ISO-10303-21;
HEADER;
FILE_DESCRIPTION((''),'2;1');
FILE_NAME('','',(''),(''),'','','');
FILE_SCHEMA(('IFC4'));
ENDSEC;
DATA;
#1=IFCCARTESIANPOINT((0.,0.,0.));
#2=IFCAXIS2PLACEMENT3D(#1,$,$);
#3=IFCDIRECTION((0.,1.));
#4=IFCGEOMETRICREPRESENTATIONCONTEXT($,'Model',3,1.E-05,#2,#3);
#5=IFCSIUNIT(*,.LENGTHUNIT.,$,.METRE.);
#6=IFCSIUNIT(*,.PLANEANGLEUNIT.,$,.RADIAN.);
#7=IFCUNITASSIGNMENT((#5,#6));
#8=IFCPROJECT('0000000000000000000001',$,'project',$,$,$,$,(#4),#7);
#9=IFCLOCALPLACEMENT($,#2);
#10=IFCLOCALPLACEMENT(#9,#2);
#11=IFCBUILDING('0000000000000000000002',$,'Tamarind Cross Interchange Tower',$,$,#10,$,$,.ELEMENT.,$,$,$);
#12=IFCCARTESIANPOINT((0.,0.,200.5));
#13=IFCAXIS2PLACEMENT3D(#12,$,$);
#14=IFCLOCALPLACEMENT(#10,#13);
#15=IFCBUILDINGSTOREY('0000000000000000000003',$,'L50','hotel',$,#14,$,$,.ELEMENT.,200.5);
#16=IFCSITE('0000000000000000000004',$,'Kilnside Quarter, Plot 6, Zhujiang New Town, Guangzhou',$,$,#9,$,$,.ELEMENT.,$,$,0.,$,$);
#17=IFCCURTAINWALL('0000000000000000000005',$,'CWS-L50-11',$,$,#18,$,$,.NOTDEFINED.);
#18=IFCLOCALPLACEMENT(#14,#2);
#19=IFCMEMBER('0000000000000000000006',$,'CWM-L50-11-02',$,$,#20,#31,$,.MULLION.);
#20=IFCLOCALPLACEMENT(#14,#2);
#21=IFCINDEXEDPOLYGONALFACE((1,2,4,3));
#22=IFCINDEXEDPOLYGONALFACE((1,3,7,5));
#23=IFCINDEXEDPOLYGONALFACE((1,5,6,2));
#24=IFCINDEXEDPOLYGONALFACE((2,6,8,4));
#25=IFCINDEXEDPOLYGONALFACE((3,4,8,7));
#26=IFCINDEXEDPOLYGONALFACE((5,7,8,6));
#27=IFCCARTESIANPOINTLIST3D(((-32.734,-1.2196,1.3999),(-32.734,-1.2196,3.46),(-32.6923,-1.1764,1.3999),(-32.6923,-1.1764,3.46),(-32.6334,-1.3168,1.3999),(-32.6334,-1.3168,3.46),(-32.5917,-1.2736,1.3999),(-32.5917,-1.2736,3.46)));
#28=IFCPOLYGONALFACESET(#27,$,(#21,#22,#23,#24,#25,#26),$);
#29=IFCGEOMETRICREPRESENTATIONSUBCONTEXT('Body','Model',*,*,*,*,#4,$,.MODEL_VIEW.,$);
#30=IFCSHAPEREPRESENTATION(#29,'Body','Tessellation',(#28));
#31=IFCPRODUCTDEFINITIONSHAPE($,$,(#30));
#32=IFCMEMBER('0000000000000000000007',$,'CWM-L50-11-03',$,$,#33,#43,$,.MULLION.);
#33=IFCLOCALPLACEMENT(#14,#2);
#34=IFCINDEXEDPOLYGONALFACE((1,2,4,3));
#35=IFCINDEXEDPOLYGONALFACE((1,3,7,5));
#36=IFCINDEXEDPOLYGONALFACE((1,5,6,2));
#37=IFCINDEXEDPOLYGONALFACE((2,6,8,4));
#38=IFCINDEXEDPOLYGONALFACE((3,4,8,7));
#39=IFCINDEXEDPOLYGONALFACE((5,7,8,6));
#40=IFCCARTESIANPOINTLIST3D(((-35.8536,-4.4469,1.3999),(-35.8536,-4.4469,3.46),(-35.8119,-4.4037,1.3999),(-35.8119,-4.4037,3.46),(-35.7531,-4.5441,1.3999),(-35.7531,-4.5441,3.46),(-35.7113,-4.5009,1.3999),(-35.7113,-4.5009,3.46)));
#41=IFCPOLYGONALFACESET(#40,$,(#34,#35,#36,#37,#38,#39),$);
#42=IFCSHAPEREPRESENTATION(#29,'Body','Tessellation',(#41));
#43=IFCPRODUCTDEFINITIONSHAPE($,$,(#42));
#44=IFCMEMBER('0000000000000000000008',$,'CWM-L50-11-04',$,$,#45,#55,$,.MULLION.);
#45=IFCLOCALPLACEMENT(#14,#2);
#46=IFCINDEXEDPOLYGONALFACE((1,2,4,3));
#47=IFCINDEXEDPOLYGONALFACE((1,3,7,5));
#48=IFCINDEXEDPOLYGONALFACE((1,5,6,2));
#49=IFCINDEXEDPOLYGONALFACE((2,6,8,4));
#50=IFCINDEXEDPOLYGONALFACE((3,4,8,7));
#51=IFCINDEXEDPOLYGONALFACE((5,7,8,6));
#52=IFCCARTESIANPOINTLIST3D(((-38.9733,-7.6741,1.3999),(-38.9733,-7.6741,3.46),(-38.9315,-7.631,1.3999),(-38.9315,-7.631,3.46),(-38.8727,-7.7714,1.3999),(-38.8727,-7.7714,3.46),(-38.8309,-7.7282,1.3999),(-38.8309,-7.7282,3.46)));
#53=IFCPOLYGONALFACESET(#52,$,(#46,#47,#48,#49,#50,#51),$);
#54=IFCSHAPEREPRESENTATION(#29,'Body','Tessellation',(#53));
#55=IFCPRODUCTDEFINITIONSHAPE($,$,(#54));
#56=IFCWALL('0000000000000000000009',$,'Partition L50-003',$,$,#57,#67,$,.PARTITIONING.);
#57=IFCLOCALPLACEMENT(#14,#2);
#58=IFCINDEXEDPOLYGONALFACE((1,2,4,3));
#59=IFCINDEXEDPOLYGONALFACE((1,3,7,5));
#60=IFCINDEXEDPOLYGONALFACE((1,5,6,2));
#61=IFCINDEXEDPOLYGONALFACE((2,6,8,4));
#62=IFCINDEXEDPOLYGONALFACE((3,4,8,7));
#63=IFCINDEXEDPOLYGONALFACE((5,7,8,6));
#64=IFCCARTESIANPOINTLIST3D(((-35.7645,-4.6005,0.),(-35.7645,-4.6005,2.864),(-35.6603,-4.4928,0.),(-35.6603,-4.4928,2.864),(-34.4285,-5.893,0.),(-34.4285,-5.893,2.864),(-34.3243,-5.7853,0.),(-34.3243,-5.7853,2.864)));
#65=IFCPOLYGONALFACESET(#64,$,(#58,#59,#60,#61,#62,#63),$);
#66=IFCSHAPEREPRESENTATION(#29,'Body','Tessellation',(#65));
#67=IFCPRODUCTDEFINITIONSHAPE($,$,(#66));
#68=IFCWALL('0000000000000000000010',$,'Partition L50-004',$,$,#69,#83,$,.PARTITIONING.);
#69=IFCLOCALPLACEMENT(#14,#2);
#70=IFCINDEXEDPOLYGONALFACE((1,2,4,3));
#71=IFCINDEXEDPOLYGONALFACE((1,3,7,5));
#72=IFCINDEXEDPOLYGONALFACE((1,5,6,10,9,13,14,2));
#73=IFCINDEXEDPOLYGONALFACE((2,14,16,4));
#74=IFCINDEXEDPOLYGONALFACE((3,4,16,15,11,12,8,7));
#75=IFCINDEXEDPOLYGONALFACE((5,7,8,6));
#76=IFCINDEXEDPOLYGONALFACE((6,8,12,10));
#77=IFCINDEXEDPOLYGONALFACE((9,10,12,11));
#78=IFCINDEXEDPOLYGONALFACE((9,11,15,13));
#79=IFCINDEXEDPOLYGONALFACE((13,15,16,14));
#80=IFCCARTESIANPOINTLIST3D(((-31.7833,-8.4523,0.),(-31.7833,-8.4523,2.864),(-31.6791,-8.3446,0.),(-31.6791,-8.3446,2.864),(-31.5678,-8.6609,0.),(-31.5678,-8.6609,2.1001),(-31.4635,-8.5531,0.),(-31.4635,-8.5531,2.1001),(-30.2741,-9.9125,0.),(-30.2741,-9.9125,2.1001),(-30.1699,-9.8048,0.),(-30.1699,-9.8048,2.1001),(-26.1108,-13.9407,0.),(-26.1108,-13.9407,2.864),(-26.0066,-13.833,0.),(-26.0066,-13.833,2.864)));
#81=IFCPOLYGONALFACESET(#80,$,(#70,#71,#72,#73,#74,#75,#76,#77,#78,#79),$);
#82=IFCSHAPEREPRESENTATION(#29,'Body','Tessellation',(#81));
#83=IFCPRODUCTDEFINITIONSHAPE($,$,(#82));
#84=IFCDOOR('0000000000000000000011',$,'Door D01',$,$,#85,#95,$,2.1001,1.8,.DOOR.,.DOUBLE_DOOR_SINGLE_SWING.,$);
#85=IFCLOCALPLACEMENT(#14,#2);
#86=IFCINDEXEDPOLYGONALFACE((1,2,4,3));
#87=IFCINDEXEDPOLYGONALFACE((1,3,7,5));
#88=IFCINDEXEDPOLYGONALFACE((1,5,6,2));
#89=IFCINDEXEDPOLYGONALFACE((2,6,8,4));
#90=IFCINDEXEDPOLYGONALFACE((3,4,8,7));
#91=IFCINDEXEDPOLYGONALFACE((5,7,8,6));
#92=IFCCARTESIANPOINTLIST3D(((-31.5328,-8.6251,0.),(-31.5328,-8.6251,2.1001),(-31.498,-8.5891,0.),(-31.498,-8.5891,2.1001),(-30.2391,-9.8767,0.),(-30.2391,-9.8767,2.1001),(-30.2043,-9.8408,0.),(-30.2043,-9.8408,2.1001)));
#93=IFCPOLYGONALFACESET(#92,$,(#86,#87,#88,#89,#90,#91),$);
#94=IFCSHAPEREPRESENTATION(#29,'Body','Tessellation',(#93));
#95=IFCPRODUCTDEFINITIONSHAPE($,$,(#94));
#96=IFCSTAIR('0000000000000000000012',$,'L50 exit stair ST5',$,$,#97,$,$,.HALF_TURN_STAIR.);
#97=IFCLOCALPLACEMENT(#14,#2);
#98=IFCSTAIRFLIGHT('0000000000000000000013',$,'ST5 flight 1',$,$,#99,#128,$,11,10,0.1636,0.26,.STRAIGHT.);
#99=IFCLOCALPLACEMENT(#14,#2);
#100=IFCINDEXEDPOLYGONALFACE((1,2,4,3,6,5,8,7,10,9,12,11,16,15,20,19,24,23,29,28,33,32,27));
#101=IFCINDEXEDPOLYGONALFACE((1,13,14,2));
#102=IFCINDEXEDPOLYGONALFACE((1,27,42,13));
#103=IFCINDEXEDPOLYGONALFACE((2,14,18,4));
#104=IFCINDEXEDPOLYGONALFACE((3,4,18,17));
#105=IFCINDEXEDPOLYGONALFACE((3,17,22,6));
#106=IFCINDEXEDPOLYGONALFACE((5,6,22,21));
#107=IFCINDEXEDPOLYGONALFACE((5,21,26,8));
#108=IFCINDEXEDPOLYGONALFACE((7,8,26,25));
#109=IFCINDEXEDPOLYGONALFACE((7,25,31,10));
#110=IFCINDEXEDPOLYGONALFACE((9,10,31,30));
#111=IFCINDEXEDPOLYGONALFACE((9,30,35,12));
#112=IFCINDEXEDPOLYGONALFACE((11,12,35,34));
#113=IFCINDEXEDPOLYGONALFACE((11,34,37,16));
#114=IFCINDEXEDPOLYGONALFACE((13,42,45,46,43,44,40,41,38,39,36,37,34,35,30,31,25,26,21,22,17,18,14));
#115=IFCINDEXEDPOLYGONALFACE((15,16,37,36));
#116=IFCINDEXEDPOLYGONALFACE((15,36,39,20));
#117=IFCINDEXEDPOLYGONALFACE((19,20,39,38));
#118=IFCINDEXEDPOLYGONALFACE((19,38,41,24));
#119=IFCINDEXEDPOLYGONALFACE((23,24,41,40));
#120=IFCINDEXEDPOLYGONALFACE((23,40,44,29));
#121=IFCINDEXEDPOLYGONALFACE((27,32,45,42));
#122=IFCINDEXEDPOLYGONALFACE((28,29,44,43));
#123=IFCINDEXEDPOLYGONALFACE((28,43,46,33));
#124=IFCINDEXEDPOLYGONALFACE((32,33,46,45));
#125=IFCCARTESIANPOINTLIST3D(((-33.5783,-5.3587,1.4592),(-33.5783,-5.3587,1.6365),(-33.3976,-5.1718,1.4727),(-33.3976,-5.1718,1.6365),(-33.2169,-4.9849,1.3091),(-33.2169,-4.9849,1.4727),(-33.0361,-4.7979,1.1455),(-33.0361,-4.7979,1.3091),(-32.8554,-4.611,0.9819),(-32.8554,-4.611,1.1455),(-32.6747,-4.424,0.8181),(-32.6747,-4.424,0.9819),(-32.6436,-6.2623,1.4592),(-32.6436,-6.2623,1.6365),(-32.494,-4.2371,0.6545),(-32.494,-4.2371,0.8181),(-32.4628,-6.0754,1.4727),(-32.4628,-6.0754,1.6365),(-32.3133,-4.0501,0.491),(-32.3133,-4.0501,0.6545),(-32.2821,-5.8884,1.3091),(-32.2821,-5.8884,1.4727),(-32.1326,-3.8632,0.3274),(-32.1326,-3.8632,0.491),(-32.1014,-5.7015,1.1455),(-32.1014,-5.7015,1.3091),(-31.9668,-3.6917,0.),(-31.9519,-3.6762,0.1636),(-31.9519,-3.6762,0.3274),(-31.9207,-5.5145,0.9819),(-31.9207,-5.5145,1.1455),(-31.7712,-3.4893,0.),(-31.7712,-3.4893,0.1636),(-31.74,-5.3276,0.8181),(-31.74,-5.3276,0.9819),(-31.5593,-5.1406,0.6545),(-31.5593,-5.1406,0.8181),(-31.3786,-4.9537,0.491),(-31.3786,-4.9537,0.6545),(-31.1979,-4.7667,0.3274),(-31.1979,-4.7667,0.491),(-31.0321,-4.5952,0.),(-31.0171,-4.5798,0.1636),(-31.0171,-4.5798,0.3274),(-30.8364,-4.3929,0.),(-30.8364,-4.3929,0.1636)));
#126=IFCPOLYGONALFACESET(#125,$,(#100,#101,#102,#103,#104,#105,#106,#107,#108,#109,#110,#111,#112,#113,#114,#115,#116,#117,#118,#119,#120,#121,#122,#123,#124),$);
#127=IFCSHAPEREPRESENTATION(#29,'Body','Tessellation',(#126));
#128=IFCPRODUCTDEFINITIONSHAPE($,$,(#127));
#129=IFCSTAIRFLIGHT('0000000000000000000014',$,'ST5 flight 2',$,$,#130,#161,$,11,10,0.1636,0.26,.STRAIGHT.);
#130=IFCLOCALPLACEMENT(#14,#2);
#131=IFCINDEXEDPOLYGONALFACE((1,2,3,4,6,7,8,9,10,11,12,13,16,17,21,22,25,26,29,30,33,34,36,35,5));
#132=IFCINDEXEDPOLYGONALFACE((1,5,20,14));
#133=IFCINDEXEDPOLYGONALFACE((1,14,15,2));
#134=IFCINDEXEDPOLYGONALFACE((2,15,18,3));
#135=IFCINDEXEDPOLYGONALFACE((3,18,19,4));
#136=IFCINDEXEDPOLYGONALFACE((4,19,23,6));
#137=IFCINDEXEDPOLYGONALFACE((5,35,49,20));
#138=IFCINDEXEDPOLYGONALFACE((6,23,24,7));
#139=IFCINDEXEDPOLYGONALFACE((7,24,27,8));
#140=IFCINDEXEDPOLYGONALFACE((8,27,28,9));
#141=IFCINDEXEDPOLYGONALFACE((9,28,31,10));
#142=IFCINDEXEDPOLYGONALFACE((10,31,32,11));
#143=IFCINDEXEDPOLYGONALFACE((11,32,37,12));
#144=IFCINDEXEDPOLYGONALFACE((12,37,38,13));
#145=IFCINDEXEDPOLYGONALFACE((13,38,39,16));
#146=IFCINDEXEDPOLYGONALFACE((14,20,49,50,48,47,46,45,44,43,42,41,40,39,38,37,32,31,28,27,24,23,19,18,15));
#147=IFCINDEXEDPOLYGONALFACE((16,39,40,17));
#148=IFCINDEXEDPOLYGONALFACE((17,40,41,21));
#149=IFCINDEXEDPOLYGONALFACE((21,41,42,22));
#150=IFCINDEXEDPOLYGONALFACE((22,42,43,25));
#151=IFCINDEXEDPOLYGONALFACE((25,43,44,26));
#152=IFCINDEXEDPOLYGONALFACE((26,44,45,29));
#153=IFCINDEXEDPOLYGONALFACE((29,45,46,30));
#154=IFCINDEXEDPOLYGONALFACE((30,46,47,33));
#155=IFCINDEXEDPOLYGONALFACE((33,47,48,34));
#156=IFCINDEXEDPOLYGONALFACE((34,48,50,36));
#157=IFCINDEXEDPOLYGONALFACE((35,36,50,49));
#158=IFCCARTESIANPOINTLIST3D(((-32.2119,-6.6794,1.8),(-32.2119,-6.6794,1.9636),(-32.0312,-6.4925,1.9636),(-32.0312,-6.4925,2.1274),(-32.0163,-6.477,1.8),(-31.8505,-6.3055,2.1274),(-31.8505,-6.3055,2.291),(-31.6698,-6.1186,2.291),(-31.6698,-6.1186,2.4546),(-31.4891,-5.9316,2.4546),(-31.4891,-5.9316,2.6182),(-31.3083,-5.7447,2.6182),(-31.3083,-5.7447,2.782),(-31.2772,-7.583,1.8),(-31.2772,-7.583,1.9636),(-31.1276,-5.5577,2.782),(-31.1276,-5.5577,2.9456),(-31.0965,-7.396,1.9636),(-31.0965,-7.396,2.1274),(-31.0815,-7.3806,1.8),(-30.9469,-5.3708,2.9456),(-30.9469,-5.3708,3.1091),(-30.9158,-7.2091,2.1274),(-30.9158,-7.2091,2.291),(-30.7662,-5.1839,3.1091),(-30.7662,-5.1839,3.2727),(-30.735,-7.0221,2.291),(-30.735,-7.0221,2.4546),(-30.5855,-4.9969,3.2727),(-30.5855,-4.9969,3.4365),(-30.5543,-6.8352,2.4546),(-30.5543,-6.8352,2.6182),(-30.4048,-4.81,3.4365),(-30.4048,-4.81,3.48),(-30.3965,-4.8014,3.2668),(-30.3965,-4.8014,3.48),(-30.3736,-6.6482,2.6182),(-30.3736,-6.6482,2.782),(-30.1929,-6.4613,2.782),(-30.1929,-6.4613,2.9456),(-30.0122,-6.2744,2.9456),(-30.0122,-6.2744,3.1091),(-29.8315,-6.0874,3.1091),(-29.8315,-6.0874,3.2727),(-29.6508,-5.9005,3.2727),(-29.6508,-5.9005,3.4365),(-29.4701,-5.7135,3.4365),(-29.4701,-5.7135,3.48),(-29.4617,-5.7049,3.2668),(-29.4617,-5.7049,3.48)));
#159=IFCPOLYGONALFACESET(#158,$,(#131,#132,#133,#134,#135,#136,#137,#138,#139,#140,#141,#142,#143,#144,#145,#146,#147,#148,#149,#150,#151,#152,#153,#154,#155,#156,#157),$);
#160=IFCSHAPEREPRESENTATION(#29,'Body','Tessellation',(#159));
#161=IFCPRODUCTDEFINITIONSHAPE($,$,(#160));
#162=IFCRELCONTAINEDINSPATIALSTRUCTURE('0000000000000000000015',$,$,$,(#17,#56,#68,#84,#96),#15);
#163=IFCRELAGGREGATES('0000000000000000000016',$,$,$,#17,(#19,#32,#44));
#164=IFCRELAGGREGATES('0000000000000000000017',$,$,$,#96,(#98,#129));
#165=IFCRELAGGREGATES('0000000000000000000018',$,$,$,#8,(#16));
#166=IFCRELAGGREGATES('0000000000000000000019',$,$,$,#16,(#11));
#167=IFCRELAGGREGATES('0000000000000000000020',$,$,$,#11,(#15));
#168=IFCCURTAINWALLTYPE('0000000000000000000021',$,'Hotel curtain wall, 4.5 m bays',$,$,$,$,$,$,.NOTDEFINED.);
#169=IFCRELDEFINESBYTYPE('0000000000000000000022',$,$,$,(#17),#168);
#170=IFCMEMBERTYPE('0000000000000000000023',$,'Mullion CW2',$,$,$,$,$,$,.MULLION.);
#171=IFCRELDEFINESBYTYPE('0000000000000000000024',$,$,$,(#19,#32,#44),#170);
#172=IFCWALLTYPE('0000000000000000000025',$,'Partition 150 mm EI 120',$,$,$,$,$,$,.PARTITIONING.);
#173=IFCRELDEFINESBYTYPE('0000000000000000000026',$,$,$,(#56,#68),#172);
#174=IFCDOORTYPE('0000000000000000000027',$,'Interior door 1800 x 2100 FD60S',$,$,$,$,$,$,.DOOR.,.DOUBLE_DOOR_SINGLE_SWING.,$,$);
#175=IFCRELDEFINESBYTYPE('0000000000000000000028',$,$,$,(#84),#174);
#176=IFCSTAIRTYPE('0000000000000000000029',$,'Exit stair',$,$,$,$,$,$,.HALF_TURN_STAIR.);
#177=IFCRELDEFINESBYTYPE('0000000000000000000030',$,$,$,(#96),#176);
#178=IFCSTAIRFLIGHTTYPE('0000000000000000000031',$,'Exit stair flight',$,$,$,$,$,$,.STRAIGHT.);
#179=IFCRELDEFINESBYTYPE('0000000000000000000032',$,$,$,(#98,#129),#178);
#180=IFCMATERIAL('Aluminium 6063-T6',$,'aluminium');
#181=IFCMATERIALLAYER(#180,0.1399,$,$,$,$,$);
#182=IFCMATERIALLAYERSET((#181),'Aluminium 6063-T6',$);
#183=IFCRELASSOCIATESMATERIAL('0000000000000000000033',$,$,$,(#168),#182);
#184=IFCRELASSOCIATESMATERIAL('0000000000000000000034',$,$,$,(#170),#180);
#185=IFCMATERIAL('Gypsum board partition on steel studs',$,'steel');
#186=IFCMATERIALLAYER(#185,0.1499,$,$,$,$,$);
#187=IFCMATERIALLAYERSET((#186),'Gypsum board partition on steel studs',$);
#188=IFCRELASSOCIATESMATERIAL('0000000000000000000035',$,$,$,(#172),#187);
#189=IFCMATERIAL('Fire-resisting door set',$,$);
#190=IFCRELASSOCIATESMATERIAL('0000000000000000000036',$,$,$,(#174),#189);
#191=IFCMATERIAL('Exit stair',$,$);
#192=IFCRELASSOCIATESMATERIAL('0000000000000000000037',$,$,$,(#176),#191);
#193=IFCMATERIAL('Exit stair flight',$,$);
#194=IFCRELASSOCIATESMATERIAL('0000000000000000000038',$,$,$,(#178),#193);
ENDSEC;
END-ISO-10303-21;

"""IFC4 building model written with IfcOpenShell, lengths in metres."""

from ifc_helpers import new_model, si_unit, direction, frame, frame_2d, origin, origin_2d, place, context, subcontext, project, spatial, polyline, rectangle, outline, extrude, material, layer, layer_set, material_profile, profile_set, type_object, element, fill, aggregate, save


model = new_model("IFC4")

# Units and contexts
model_context = context("Model", 3, precision=1e-05, world=origin(), true_north=direction((0.0, 1.0)))
body_context = subcontext(model_context, "Body", "Model", "MODEL_VIEW")
ifc_project = project(units=[si_unit("LENGTHUNIT", "METRE"), si_unit("PLANEANGLEUNIT", "RADIAN")], contexts=[model_context])

# Site, building, storey
site_placement = place(None, origin())
site = spatial("IfcSite", under=ifc_project, at=site_placement, Name="Kilnside Quarter, Plot 6, Zhujiang New Town, Guangzhou", CompositionType="ELEMENT", RefElevation=0.0)
building_placement = place(site_placement, origin())
building = spatial("IfcBuilding", under=site, at=building_placement, Name="Tamarind Cross Interchange Tower", CompositionType="ELEMENT")
storey_placement = place(building_placement, frame((0.0, 0.0, 200.5)))
storey = spatial("IfcBuildingStorey", under=building, at=storey_placement, Name="L50", Description="hotel", CompositionType="ELEMENT", Elevation=200.5)

# Shared definitions
ifc_material_1 = material(Name="Aluminium 6063-T6", Category="aluminium")
ifc_layer_1 = layer(ifc_material_1, 0.1399)
ifc_layer_set_1 = layer_set([ifc_layer_1], Name="Aluminium 6063-T6")
curtain_wall_type = type_object("IfcCurtainWallType", Name="Hotel curtain wall, 4.5 m bays", PredefinedType="NOTDEFINED", material=ifc_layer_set_1)
ifc_material_profile_1 = material_profile(ifc_material_1, rectangle(XDim=0.0601, YDim=0.1399, at=origin_2d()), Name="Mullion CW2")
ifc_profile_set_1 = profile_set([ifc_material_profile_1], Name="Aluminium 6063-T6")
member_type = type_object("IfcMemberType", Name="Mullion CW2", PredefinedType="MULLION", material=ifc_profile_set_1)

# Curtain wall, members
curtain_wall_1_placement = place(storey_placement, origin())
curtain_wall_1 = element("IfcCurtainWall", 1, at=curtain_wall_1_placement, inside=storey, type_object=curtain_wall_type, Name="CWS-L50-11", PredefinedType="NOTDEFINED")
member_1_placement = place(storey_placement, frame((-32.6628, -1.2466, 1.3999), z_axis=(0.0, 0.0, 1.0), x_axis=(-0.69502, -0.718991, 0.0)))
member_1 = element("IfcMember", 2, at=member_1_placement, type_object=member_type, Name="CWM-L50-11-02", PredefinedType="MULLION", context=body_context, shape_type="SweptSolid", body=[
    extrude(rectangle(XDim=0.0601, YDim=0.1399, at=origin_2d()), origin(), (0.0, 0.0, 1.0), 2.0601),
])
member_2_placement = place(storey_placement, frame((-35.7825, -4.4739, 1.3999), z_axis=(0.0, 0.0, 1.0), x_axis=(-0.69502, -0.718991, 0.0)))
member_2 = element("IfcMember", 3, at=member_2_placement, type_object=member_type, Name="CWM-L50-11-03", PredefinedType="MULLION", context=body_context, shape_type="SweptSolid", body=[
    extrude(rectangle(XDim=0.0601, YDim=0.1399, at=origin_2d()), origin(), (0.0, 0.0, 1.0), 2.0601),
])
member_3_placement = place(storey_placement, frame((-38.9021, -7.7012, 1.3999), z_axis=(0.0, 0.0, 1.0), x_axis=(-0.69502, -0.718991, 0.0)))
member_3 = element("IfcMember", 4, at=member_3_placement, type_object=member_type, Name="CWM-L50-11-04", PredefinedType="MULLION", context=body_context, shape_type="SweptSolid", body=[
    extrude(rectangle(XDim=0.0601, YDim=0.1399, at=origin_2d()), origin(), (0.0, 0.0, 1.0), 2.0601),
])
aggregate(curtain_wall_1, [member_1, member_2, member_3])

# Wall
ifc_material_2 = material(Name="Gypsum board partition on steel studs", Category="steel")
ifc_layer_2 = layer(ifc_material_2, 0.1499)
ifc_layer_set_2 = layer_set([ifc_layer_2], Name="Gypsum board partition on steel studs")
wall_type = type_object("IfcWallType", Name="Partition 150 mm EI 120", PredefinedType="PARTITIONING", material=ifc_layer_set_2)
wall_1_placement = place(storey_placement, frame((-35.7124, -4.5466, 0.0), z_axis=(0.0, 0.0, 1.0), x_axis=(0.7187, -0.695321, 0.0)))
element("IfcWall", 5, at=wall_1_placement, inside=storey, type_object=wall_type, Name="Partition L50-003", PredefinedType="PARTITIONING", context=body_context, shape_type="SweptSolid", body=[
    extrude(rectangle(XDim=1.8589, YDim=0.1499, at=frame_2d((0.9294, 0.0))), origin(), (0.0, 0.0, 1.0), 2.864),
])

# Wall, opening, door
wall_2_placement = place(storey_placement, frame((-31.7312, -8.3984, 0.0), z_axis=(0.0, 0.0, 1.0), x_axis=(0.718671, -0.69535, 0.0)))
wall_2 = element("IfcWall", 6, at=wall_2_placement, inside=storey, type_object=wall_type, Name="Partition L50-004", PredefinedType="PARTITIONING", context=body_context, shape_type="SweptSolid", body=[
    extrude(rectangle(XDim=7.8931, YDim=0.1499, at=frame_2d((3.9465, 0.0))), origin(), (0.0, 0.0, 1.0), 2.864),
])
opening_placement = place(wall_2_placement, frame((0.3, 0.0, 0.0)))
opening = element("IfcOpeningElement", 7, at=opening_placement, cuts=wall_2, PredefinedType="OPENING", context=body_context, shape_type="SweptSolid", body=[
    extrude(rectangle(XDim=1.8, YDim=2.1001, at=frame_2d((0.8999, 1.05))), frame((0.0, 0.085, 0.0), z_axis=(0.0, -1.0, 0.0), x_axis=(1.0, 0.0, 0.0)), (0.0, 0.0, 1.0), 0.1699),
])
ifc_material_3 = material(Name="Fire-resisting door set")
door_type = type_object("IfcDoorType", Name="Interior door 1800 x 2100 FD60S", OperationType="DOUBLE_DOOR_SINGLE_SWING", PredefinedType="DOOR", material=ifc_material_3)
door_placement = place(opening_placement, frame((1.8, 0.0, 0.0), z_axis=(0.0, 0.0, 1.0), x_axis=(-1.0, 0.0, 0.0)))
door = element("IfcDoor", 8, at=door_placement, inside=storey, type_object=door_type, Name="Door D01", OperationType="DOUBLE_DOOR_SINGLE_SWING", OverallHeight=2.1001, OverallWidth=1.8, PredefinedType="DOOR", context=body_context, shape_type="SweptSolid", body=[
    extrude(rectangle(XDim=1.8, YDim=2.1001, at=frame_2d((0.8999, 1.05))), frame((0.0, 0.0249, 0.0), z_axis=(0.0, -1.0, 0.0), x_axis=(1.0, 0.0, 0.0)), (0.0, 0.0, 1.0), 0.05),
])
fill(opening, door)

# Stair, stair flights
ifc_material_4 = material(Name="Exit stair")
stair_type = type_object("IfcStairType", Name="Exit stair", PredefinedType="HALF_TURN_STAIR", material=ifc_material_4)
stair_placement = place(storey_placement, origin())
stair = element("IfcStair", 9, at=stair_placement, inside=storey, type_object=stair_type, Name="L50 exit stair ST5", PredefinedType="HALF_TURN_STAIR")
ifc_material_5 = material(Name="Exit stair flight")
stair_flight_type = type_object("IfcStairFlightType", Name="Exit stair flight", PredefinedType="STRAIGHT", material=ifc_material_5)
stair_flight_1_placement = place(storey_placement, frame((-31.3037, -3.9412, 0.0), z_axis=(0.0, 0.0, 1.0), x_axis=(-0.69502, -0.718991, 0.0)))
stair_flight_1 = element("IfcStairFlight", 10, at=stair_flight_1_placement, type_object=stair_flight_type, Name="ST5 flight 1", NumberOfRisers=11, NumberOfTreads=10, PredefinedType="STRAIGHT", RiserHeight=0.1636, TreadLength=0.26, context=body_context, shape_type="SweptSolid", body=[
    extrude(outline(polyline([(0.0, 0.0), (0.0, 0.1636), (0.26, 0.1636), (0.26, 0.3274), (0.52, 0.3274), (0.52, 0.491), (0.78, 0.491), (0.78, 0.6545), (1.04, 0.6545), (1.04, 0.8181), (1.3, 0.8181), (1.3, 0.9819), (1.5601, 0.9819), (1.5601, 1.1455), (1.8201, 1.1455), (1.8201, 1.3091), (2.0801, 1.3091), (2.0801, 1.4727), (2.3401, 1.4727), (2.3401, 1.6365), (2.6001, 1.6365), (2.6001, 1.8), (2.6001, 1.4592), (0.2815, 0.0), (0.0, 0.0)])), frame((0.0, 0.6499, 0.0), z_axis=(0.0, -1.0, 0.0), x_axis=(1.0, 0.0, 0.0)), (0.0, 0.0, 1.0), 1.3),
])
stair_flight_2_placement = place(storey_placement, frame((-31.7446, -7.1311, 1.8), z_axis=(0.0, 0.0, 1.0), x_axis=(0.69502, 0.718991, 0.0)))
stair_flight_2 = element("IfcStairFlight", 11, at=stair_flight_2_placement, type_object=stair_flight_type, Name="ST5 flight 2", NumberOfRisers=11, NumberOfTreads=10, PredefinedType="STRAIGHT", RiserHeight=0.1636, TreadLength=0.26, context=body_context, shape_type="SweptSolid", body=[
    extrude(outline(polyline([(0.0, 0.0), (0.0, 0.1636), (0.26, 0.1636), (0.26, 0.3274), (0.52, 0.3274), (0.52, 0.491), (0.78, 0.491), (0.78, 0.6545), (1.04, 0.6545), (1.04, 0.8181), (1.3, 0.8181), (1.3, 0.9819), (1.5601, 0.9819), (1.5601, 1.1455), (1.8201, 1.1455), (1.8201, 1.3091), (2.0801, 1.3091), (2.0801, 1.4727), (2.3401, 1.4727), (2.3401, 1.6365), (2.6001, 1.6365), (2.6001, 1.6799), (2.6121, 1.6799), (2.6121, 1.4668), (0.2815, 0.0), (0.0, 0.0)])), frame((0.0, 0.6499, 0.0), z_axis=(0.0, -1.0, 0.0), x_axis=(1.0, 0.0, 0.0)), (0.0, 0.0, 1.0), 1.3),
])
aggregate(stair, [stair_flight_1, stair_flight_2])

save(model, "model.ifc")
